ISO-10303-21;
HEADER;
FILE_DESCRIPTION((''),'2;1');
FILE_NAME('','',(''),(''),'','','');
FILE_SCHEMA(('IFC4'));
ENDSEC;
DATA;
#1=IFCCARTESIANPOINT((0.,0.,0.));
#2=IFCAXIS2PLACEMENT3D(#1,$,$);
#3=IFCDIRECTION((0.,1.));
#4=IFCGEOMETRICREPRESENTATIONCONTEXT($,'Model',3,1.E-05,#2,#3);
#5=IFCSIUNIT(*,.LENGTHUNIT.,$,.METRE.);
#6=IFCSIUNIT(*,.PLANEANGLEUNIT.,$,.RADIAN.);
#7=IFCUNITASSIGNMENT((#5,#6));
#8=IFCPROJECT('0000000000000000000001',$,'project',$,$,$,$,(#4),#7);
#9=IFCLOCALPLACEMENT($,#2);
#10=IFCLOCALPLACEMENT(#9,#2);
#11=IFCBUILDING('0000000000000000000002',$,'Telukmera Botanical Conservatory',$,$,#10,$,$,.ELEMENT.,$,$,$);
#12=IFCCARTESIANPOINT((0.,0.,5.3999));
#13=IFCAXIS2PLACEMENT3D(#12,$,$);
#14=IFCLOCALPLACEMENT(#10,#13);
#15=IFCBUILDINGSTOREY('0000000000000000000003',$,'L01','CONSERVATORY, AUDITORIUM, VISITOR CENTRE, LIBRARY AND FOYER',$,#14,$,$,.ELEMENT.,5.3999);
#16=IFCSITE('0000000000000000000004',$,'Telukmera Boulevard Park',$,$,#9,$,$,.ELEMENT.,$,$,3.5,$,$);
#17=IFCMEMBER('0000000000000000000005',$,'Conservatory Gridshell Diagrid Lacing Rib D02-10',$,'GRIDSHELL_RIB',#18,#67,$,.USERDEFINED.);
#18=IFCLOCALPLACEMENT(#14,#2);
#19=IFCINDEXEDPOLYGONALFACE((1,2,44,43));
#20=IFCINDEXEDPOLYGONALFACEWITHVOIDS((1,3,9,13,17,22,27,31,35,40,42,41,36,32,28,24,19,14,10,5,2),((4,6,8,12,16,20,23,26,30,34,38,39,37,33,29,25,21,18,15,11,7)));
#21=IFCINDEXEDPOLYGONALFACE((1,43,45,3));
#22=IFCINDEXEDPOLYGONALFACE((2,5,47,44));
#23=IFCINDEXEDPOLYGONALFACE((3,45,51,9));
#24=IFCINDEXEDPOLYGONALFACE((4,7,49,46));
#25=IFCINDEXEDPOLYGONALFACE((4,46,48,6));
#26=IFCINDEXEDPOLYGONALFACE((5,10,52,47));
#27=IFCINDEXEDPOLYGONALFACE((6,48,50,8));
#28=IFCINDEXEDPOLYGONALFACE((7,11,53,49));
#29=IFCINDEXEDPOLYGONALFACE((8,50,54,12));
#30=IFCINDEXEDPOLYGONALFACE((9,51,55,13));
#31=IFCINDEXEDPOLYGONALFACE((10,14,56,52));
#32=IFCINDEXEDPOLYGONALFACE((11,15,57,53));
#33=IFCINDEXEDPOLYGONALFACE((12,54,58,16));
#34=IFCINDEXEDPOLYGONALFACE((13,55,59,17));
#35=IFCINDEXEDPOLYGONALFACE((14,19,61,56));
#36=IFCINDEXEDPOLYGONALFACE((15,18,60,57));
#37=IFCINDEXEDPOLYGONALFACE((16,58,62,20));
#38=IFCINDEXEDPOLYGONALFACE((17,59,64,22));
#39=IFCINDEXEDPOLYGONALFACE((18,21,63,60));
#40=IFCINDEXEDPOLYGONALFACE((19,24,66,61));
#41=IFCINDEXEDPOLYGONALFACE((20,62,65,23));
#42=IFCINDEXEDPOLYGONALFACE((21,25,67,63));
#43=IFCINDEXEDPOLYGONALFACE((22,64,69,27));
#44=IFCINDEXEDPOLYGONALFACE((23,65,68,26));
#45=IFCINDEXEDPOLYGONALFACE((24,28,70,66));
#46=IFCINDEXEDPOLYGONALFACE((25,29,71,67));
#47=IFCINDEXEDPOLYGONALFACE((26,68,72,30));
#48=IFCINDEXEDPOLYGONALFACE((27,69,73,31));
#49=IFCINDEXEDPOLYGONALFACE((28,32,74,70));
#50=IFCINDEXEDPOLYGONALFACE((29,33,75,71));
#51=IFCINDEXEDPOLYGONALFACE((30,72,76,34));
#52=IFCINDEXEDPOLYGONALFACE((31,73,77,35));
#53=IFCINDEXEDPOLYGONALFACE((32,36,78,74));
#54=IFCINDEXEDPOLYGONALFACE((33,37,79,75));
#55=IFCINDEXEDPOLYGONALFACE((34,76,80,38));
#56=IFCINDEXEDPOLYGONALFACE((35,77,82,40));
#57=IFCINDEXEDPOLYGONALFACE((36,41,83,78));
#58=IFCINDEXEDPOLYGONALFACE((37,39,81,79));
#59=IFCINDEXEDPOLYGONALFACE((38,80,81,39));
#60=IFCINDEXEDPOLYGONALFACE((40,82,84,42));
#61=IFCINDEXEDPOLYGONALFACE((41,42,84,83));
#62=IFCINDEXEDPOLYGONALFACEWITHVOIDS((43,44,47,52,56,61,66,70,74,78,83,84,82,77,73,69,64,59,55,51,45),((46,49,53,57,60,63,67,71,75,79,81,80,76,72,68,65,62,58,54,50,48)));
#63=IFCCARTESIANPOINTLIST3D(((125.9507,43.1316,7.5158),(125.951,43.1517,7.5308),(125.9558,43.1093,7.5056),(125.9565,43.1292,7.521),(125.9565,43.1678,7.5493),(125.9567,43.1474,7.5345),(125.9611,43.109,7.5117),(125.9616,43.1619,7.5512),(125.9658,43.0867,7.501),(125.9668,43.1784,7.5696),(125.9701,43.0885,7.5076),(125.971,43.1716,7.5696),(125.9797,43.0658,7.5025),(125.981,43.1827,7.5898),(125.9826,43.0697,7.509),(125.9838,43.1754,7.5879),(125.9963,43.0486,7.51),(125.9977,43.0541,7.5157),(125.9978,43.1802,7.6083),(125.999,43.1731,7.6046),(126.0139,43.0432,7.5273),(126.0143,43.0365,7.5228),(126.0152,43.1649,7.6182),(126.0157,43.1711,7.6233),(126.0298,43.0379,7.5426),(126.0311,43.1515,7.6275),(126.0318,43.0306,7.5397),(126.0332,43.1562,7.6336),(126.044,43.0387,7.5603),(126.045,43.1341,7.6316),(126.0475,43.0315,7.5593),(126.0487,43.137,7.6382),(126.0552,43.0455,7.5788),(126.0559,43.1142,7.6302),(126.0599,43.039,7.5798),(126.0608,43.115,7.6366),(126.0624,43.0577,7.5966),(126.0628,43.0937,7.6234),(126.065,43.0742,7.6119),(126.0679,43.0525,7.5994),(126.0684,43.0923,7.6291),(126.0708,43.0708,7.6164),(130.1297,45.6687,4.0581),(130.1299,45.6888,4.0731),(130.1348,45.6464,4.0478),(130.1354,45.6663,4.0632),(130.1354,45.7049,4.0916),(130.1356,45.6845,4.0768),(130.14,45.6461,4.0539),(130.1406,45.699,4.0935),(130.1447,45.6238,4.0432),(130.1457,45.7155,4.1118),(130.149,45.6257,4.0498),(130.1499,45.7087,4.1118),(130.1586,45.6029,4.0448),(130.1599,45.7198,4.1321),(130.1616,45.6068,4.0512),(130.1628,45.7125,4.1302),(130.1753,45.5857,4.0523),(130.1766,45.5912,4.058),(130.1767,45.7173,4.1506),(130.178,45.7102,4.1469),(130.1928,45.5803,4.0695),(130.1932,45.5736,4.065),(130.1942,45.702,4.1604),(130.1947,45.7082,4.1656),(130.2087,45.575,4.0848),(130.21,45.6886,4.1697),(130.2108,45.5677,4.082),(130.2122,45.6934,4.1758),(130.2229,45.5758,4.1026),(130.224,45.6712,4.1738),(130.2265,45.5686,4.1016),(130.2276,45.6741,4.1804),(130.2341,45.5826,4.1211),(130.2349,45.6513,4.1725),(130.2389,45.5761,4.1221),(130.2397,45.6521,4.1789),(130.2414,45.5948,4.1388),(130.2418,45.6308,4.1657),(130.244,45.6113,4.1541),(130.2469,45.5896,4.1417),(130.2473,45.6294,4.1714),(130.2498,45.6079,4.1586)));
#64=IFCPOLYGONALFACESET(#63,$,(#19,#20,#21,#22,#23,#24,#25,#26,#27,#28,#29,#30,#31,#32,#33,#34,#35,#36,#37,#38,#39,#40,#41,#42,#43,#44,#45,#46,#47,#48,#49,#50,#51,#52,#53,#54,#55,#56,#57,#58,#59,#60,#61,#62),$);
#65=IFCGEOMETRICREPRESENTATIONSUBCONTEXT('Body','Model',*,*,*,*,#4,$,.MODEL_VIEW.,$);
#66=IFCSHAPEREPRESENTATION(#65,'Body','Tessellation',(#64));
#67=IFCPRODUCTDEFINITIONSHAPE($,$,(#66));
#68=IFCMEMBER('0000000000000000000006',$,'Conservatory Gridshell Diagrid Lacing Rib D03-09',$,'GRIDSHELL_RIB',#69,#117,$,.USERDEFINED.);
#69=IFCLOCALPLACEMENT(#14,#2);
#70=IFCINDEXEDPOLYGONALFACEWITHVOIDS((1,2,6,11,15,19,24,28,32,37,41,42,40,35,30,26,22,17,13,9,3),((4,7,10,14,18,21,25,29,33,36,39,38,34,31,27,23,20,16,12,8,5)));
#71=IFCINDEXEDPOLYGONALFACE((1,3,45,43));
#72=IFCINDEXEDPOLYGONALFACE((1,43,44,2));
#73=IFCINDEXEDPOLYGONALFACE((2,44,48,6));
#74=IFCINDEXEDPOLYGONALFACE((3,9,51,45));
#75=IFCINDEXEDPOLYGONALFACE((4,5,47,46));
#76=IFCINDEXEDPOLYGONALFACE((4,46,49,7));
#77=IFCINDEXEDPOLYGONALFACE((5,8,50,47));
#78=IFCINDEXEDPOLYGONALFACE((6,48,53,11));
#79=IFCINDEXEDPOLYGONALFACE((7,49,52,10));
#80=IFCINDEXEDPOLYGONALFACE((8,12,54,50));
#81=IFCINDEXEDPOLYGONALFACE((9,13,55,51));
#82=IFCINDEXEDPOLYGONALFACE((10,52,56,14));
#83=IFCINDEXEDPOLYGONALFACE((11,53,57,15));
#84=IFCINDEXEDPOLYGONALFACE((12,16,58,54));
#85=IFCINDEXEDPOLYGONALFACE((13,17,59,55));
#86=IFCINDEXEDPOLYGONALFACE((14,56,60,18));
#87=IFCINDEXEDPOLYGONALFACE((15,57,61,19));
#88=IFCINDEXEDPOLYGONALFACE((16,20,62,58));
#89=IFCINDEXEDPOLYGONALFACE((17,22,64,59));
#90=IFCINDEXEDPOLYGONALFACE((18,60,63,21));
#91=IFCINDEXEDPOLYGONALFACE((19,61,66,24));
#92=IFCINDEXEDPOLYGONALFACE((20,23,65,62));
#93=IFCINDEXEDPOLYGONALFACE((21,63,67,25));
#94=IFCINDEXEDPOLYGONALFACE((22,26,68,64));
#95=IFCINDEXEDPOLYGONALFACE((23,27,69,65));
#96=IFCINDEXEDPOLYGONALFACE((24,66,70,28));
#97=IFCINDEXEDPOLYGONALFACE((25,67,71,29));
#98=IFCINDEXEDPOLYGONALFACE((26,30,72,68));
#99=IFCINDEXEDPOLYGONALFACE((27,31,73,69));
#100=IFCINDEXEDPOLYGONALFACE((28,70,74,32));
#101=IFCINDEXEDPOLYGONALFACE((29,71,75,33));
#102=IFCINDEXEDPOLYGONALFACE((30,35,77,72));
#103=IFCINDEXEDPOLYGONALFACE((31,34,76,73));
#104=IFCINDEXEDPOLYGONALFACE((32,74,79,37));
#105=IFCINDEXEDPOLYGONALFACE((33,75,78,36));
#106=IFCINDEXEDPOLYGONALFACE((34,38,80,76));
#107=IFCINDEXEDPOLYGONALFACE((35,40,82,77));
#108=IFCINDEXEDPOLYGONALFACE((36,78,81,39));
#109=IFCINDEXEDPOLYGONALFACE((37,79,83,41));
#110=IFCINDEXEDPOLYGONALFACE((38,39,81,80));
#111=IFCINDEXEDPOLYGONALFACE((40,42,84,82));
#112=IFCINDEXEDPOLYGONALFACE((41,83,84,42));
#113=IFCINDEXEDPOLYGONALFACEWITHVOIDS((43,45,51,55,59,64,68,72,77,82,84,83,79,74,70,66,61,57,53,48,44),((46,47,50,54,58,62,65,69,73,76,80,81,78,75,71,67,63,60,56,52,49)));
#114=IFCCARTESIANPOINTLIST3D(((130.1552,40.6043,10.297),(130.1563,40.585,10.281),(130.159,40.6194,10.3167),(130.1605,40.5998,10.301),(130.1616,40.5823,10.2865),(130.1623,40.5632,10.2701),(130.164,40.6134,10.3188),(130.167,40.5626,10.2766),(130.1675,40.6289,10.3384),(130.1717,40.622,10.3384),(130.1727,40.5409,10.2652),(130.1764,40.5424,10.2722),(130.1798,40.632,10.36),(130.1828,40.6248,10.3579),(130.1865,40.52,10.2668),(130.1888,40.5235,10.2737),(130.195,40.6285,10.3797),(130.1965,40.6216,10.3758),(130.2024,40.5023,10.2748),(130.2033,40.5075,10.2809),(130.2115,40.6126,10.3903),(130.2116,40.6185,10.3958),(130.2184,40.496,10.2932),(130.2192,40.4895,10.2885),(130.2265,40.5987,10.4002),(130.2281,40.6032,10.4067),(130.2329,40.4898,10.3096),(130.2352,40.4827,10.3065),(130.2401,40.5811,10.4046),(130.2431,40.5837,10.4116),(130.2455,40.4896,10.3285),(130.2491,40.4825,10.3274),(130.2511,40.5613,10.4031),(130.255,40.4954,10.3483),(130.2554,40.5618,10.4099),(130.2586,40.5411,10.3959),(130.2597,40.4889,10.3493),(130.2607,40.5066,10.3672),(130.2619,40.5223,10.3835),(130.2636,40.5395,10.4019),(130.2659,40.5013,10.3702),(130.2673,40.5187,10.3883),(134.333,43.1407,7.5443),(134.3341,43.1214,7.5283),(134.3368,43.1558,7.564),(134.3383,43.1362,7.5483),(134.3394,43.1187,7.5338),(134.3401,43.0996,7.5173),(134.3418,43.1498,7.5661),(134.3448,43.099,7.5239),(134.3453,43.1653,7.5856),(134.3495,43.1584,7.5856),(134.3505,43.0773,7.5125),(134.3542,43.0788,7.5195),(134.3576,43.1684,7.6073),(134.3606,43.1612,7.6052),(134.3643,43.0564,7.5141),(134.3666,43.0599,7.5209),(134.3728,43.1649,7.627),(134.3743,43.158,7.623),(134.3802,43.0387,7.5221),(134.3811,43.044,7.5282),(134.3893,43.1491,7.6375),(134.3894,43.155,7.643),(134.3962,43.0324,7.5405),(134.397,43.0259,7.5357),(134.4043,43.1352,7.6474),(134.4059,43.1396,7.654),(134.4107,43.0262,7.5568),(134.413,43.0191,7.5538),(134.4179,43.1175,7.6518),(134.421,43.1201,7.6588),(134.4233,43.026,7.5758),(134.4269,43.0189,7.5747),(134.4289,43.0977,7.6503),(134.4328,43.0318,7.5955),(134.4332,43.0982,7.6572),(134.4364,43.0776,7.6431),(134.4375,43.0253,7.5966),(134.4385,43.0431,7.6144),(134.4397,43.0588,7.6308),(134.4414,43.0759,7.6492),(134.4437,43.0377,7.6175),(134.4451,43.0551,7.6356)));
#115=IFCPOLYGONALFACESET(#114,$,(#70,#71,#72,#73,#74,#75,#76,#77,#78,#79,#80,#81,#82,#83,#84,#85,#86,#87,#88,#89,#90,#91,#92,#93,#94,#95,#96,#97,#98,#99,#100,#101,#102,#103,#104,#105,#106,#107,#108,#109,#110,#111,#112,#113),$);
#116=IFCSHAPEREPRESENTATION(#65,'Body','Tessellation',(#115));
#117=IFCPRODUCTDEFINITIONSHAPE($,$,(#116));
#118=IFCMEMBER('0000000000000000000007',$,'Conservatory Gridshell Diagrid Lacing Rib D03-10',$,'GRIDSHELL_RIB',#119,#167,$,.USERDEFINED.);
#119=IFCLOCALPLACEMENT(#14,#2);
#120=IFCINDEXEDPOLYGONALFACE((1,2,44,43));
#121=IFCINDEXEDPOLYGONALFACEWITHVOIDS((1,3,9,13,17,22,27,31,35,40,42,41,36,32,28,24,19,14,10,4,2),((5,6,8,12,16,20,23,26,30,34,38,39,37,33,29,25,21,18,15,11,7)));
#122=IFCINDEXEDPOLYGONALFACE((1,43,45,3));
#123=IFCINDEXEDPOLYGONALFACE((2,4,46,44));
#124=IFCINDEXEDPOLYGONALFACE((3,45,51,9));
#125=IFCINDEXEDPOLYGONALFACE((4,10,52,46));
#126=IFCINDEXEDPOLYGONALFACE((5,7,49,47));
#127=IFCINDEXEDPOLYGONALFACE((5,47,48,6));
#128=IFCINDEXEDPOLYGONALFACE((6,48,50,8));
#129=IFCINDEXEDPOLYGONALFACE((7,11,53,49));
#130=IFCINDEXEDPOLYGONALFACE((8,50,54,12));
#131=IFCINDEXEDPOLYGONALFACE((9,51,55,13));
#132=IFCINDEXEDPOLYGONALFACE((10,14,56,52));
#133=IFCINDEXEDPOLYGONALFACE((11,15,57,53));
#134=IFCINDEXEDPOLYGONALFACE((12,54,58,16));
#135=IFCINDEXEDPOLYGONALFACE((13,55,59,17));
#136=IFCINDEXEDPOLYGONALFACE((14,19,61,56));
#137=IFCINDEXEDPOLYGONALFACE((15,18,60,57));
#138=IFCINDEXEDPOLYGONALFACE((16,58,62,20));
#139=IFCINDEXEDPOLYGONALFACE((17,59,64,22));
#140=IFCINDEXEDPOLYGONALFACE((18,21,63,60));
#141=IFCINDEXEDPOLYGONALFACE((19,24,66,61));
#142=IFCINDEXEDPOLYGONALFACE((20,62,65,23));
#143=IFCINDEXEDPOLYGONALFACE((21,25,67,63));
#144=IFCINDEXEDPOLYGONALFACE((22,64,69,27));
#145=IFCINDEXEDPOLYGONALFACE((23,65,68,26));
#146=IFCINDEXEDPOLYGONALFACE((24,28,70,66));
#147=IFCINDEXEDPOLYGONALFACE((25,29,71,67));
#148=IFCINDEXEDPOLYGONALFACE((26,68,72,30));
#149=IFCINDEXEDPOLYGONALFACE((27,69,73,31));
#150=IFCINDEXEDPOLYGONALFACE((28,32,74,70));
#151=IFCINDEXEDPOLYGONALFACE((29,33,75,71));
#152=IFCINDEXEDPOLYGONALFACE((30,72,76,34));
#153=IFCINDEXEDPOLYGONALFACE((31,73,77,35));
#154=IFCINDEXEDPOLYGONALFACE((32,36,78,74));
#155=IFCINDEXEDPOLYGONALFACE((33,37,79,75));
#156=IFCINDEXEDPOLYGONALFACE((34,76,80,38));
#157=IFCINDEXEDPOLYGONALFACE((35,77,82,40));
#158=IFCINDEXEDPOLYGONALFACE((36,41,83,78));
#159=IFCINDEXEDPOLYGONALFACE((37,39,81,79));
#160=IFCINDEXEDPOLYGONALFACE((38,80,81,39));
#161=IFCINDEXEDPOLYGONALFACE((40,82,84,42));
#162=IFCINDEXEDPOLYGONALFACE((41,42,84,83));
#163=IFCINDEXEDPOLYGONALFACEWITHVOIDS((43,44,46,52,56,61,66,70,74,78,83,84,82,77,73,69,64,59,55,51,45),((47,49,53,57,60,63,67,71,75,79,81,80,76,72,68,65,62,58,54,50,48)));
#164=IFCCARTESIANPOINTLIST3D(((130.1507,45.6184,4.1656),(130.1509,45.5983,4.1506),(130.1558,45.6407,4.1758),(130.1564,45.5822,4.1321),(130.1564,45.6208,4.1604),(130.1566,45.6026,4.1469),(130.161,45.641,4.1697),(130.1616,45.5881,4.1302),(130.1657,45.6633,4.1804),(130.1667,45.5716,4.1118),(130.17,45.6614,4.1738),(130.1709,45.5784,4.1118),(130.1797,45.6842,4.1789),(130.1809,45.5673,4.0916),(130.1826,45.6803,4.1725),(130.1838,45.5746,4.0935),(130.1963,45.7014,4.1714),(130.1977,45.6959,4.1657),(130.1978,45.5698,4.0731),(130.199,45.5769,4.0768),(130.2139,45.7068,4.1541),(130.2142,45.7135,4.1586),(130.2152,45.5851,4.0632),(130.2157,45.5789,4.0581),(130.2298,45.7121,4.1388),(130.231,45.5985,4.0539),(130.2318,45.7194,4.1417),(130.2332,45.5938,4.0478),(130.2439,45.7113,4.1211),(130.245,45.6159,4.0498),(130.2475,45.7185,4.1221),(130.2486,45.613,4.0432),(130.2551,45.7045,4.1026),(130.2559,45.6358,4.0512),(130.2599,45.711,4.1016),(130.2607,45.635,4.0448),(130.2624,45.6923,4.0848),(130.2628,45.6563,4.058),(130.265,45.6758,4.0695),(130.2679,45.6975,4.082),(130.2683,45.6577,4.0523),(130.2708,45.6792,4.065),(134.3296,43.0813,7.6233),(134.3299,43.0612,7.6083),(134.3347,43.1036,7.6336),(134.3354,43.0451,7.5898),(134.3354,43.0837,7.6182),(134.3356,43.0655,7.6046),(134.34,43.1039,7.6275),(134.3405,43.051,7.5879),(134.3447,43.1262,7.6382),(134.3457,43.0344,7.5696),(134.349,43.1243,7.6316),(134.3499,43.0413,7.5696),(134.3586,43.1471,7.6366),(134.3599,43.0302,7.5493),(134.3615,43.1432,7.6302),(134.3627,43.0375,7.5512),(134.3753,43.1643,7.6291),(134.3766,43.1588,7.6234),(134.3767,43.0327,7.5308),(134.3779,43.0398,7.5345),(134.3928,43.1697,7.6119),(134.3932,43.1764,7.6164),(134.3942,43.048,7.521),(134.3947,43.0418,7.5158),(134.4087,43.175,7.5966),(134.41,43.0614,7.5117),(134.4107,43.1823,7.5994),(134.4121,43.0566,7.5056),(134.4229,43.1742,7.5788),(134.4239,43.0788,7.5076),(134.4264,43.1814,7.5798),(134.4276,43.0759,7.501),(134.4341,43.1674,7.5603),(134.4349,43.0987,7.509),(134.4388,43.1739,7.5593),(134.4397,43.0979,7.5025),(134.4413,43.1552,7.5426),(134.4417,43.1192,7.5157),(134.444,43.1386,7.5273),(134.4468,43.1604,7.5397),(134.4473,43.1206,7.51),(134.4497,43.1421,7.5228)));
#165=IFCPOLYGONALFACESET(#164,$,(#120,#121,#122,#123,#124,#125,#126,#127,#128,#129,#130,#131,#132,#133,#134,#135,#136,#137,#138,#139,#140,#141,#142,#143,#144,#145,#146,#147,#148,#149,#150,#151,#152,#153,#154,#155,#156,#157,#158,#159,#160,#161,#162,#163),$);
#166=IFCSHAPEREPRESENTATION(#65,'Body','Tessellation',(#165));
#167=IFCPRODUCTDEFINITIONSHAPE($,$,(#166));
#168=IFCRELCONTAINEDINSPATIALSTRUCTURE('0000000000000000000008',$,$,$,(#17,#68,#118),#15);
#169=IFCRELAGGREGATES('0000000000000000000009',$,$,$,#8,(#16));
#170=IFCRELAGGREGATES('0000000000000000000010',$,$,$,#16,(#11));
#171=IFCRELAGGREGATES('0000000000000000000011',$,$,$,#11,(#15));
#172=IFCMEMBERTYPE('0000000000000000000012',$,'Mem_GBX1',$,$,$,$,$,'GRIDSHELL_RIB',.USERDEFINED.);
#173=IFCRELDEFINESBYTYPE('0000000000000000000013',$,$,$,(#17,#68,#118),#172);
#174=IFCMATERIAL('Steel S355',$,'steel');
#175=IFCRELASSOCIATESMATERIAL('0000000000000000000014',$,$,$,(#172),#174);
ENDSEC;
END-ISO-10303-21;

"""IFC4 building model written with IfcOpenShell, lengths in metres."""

from ifc_helpers import new_model, si_unit, direction, frame, origin, origin_2d, place, context, subcontext, project, spatial, hollow_circle, extrude, material, material_profile, profile_set, type_object, element, save


model = new_model("IFC4")

# Units and contexts
model_context = context("Model", 3, precision=1e-05, world=origin(), true_north=direction((0.0, 1.0)))
body_context = subcontext(model_context, "Body", "Model", "MODEL_VIEW")
ifc_project = project(units=[si_unit("LENGTHUNIT", "METRE"), si_unit("PLANEANGLEUNIT", "RADIAN")], contexts=[model_context])

# Site, building, storey
site_placement = place(None, origin())
site = spatial("IfcSite", under=ifc_project, at=site_placement, Name="Telukmera Boulevard Park", CompositionType="ELEMENT", RefElevation=3.5)
building_placement = place(site_placement, origin())
building = spatial("IfcBuilding", under=site, at=building_placement, Name="Telukmera Botanical Conservatory", CompositionType="ELEMENT")
storey_placement = place(building_placement, frame((0.0, 0.0, 5.3999)))
storey = spatial("IfcBuildingStorey", under=building, at=storey_placement, Name="L01", Description="CONSERVATORY, AUDITORIUM, VISITOR CENTRE, LIBRARY AND FOYER", CompositionType="ELEMENT", Elevation=5.3999)

# Shared definitions
ifc_material_1 = material(Name="Steel S355", Category="steel")

# Members
ifc_material_profile_1 = material_profile(ifc_material_1, hollow_circle(Radius=0.0842, WallThickness=0.0081, at=origin_2d()), Name="CHS 168.3x8.0")
ifc_profile_set_1 = profile_set([ifc_material_profile_1], Name="Steel S355")
member_type_1 = type_object("IfcMemberType", Name="Mem_GBX1", ElementType="GRIDSHELL_RIB", PredefinedType="USERDEFINED", material=ifc_profile_set_1)
member_1_placement = place(storey_placement, frame((126.0105, 43.1064, 7.5696), z_axis=(0.697883, 0.423696, -0.577444), x_axis=(-0.518961, 0.854798, 0.0)))
element("IfcMember", 1, at=member_1_placement, inside=storey, type_object=member_type_1, Name="Conservatory Gridshell Diagrid Lacing Rib D02-10", ObjectType="GRIDSHELL_RIB", PredefinedType="USERDEFINED", context=body_context, shape_type="SweptSolid", body=[
    extrude(hollow_circle(Radius=0.0842, WallThickness=0.0081, at=origin_2d()), origin(), (0.0, 0.0, 1.0), 5.988),
])
member_2_placement = place(storey_placement, frame((130.2112, 40.5569, 10.3384), z_axis=(0.744791, 0.452176, -0.490738), x_axis=(-0.518962, 0.854797, 0.0)))
element("IfcMember", 2, at=member_2_placement, inside=storey, type_object=member_type_1, Name="Conservatory Gridshell Diagrid Lacing Rib D03-09", ObjectType="GRIDSHELL_RIB", PredefinedType="USERDEFINED", context=body_context, shape_type="SweptSolid", body=[
    extrude(hollow_circle(Radius=0.0842, WallThickness=0.0081, at=origin_2d()), origin(), (0.0, 0.0, 1.0), 5.6094),
])
member_3_placement = place(storey_placement, frame((134.3894, 43.1064, 7.5696), z_axis=(-0.697883, 0.423696, -0.577444), x_axis=(-0.518961, -0.854798, 0.0)))
element("IfcMember", 3, at=member_3_placement, inside=storey, type_object=member_type_1, Name="Conservatory Gridshell Diagrid Lacing Rib D03-10", ObjectType="GRIDSHELL_RIB", PredefinedType="USERDEFINED", context=body_context, shape_type="SweptSolid", body=[
    extrude(hollow_circle(Radius=0.0842, WallThickness=0.0081, at=origin_2d()), origin(), (0.0, 0.0, 1.0), 5.988),
])

save(model, "model.ifc")
